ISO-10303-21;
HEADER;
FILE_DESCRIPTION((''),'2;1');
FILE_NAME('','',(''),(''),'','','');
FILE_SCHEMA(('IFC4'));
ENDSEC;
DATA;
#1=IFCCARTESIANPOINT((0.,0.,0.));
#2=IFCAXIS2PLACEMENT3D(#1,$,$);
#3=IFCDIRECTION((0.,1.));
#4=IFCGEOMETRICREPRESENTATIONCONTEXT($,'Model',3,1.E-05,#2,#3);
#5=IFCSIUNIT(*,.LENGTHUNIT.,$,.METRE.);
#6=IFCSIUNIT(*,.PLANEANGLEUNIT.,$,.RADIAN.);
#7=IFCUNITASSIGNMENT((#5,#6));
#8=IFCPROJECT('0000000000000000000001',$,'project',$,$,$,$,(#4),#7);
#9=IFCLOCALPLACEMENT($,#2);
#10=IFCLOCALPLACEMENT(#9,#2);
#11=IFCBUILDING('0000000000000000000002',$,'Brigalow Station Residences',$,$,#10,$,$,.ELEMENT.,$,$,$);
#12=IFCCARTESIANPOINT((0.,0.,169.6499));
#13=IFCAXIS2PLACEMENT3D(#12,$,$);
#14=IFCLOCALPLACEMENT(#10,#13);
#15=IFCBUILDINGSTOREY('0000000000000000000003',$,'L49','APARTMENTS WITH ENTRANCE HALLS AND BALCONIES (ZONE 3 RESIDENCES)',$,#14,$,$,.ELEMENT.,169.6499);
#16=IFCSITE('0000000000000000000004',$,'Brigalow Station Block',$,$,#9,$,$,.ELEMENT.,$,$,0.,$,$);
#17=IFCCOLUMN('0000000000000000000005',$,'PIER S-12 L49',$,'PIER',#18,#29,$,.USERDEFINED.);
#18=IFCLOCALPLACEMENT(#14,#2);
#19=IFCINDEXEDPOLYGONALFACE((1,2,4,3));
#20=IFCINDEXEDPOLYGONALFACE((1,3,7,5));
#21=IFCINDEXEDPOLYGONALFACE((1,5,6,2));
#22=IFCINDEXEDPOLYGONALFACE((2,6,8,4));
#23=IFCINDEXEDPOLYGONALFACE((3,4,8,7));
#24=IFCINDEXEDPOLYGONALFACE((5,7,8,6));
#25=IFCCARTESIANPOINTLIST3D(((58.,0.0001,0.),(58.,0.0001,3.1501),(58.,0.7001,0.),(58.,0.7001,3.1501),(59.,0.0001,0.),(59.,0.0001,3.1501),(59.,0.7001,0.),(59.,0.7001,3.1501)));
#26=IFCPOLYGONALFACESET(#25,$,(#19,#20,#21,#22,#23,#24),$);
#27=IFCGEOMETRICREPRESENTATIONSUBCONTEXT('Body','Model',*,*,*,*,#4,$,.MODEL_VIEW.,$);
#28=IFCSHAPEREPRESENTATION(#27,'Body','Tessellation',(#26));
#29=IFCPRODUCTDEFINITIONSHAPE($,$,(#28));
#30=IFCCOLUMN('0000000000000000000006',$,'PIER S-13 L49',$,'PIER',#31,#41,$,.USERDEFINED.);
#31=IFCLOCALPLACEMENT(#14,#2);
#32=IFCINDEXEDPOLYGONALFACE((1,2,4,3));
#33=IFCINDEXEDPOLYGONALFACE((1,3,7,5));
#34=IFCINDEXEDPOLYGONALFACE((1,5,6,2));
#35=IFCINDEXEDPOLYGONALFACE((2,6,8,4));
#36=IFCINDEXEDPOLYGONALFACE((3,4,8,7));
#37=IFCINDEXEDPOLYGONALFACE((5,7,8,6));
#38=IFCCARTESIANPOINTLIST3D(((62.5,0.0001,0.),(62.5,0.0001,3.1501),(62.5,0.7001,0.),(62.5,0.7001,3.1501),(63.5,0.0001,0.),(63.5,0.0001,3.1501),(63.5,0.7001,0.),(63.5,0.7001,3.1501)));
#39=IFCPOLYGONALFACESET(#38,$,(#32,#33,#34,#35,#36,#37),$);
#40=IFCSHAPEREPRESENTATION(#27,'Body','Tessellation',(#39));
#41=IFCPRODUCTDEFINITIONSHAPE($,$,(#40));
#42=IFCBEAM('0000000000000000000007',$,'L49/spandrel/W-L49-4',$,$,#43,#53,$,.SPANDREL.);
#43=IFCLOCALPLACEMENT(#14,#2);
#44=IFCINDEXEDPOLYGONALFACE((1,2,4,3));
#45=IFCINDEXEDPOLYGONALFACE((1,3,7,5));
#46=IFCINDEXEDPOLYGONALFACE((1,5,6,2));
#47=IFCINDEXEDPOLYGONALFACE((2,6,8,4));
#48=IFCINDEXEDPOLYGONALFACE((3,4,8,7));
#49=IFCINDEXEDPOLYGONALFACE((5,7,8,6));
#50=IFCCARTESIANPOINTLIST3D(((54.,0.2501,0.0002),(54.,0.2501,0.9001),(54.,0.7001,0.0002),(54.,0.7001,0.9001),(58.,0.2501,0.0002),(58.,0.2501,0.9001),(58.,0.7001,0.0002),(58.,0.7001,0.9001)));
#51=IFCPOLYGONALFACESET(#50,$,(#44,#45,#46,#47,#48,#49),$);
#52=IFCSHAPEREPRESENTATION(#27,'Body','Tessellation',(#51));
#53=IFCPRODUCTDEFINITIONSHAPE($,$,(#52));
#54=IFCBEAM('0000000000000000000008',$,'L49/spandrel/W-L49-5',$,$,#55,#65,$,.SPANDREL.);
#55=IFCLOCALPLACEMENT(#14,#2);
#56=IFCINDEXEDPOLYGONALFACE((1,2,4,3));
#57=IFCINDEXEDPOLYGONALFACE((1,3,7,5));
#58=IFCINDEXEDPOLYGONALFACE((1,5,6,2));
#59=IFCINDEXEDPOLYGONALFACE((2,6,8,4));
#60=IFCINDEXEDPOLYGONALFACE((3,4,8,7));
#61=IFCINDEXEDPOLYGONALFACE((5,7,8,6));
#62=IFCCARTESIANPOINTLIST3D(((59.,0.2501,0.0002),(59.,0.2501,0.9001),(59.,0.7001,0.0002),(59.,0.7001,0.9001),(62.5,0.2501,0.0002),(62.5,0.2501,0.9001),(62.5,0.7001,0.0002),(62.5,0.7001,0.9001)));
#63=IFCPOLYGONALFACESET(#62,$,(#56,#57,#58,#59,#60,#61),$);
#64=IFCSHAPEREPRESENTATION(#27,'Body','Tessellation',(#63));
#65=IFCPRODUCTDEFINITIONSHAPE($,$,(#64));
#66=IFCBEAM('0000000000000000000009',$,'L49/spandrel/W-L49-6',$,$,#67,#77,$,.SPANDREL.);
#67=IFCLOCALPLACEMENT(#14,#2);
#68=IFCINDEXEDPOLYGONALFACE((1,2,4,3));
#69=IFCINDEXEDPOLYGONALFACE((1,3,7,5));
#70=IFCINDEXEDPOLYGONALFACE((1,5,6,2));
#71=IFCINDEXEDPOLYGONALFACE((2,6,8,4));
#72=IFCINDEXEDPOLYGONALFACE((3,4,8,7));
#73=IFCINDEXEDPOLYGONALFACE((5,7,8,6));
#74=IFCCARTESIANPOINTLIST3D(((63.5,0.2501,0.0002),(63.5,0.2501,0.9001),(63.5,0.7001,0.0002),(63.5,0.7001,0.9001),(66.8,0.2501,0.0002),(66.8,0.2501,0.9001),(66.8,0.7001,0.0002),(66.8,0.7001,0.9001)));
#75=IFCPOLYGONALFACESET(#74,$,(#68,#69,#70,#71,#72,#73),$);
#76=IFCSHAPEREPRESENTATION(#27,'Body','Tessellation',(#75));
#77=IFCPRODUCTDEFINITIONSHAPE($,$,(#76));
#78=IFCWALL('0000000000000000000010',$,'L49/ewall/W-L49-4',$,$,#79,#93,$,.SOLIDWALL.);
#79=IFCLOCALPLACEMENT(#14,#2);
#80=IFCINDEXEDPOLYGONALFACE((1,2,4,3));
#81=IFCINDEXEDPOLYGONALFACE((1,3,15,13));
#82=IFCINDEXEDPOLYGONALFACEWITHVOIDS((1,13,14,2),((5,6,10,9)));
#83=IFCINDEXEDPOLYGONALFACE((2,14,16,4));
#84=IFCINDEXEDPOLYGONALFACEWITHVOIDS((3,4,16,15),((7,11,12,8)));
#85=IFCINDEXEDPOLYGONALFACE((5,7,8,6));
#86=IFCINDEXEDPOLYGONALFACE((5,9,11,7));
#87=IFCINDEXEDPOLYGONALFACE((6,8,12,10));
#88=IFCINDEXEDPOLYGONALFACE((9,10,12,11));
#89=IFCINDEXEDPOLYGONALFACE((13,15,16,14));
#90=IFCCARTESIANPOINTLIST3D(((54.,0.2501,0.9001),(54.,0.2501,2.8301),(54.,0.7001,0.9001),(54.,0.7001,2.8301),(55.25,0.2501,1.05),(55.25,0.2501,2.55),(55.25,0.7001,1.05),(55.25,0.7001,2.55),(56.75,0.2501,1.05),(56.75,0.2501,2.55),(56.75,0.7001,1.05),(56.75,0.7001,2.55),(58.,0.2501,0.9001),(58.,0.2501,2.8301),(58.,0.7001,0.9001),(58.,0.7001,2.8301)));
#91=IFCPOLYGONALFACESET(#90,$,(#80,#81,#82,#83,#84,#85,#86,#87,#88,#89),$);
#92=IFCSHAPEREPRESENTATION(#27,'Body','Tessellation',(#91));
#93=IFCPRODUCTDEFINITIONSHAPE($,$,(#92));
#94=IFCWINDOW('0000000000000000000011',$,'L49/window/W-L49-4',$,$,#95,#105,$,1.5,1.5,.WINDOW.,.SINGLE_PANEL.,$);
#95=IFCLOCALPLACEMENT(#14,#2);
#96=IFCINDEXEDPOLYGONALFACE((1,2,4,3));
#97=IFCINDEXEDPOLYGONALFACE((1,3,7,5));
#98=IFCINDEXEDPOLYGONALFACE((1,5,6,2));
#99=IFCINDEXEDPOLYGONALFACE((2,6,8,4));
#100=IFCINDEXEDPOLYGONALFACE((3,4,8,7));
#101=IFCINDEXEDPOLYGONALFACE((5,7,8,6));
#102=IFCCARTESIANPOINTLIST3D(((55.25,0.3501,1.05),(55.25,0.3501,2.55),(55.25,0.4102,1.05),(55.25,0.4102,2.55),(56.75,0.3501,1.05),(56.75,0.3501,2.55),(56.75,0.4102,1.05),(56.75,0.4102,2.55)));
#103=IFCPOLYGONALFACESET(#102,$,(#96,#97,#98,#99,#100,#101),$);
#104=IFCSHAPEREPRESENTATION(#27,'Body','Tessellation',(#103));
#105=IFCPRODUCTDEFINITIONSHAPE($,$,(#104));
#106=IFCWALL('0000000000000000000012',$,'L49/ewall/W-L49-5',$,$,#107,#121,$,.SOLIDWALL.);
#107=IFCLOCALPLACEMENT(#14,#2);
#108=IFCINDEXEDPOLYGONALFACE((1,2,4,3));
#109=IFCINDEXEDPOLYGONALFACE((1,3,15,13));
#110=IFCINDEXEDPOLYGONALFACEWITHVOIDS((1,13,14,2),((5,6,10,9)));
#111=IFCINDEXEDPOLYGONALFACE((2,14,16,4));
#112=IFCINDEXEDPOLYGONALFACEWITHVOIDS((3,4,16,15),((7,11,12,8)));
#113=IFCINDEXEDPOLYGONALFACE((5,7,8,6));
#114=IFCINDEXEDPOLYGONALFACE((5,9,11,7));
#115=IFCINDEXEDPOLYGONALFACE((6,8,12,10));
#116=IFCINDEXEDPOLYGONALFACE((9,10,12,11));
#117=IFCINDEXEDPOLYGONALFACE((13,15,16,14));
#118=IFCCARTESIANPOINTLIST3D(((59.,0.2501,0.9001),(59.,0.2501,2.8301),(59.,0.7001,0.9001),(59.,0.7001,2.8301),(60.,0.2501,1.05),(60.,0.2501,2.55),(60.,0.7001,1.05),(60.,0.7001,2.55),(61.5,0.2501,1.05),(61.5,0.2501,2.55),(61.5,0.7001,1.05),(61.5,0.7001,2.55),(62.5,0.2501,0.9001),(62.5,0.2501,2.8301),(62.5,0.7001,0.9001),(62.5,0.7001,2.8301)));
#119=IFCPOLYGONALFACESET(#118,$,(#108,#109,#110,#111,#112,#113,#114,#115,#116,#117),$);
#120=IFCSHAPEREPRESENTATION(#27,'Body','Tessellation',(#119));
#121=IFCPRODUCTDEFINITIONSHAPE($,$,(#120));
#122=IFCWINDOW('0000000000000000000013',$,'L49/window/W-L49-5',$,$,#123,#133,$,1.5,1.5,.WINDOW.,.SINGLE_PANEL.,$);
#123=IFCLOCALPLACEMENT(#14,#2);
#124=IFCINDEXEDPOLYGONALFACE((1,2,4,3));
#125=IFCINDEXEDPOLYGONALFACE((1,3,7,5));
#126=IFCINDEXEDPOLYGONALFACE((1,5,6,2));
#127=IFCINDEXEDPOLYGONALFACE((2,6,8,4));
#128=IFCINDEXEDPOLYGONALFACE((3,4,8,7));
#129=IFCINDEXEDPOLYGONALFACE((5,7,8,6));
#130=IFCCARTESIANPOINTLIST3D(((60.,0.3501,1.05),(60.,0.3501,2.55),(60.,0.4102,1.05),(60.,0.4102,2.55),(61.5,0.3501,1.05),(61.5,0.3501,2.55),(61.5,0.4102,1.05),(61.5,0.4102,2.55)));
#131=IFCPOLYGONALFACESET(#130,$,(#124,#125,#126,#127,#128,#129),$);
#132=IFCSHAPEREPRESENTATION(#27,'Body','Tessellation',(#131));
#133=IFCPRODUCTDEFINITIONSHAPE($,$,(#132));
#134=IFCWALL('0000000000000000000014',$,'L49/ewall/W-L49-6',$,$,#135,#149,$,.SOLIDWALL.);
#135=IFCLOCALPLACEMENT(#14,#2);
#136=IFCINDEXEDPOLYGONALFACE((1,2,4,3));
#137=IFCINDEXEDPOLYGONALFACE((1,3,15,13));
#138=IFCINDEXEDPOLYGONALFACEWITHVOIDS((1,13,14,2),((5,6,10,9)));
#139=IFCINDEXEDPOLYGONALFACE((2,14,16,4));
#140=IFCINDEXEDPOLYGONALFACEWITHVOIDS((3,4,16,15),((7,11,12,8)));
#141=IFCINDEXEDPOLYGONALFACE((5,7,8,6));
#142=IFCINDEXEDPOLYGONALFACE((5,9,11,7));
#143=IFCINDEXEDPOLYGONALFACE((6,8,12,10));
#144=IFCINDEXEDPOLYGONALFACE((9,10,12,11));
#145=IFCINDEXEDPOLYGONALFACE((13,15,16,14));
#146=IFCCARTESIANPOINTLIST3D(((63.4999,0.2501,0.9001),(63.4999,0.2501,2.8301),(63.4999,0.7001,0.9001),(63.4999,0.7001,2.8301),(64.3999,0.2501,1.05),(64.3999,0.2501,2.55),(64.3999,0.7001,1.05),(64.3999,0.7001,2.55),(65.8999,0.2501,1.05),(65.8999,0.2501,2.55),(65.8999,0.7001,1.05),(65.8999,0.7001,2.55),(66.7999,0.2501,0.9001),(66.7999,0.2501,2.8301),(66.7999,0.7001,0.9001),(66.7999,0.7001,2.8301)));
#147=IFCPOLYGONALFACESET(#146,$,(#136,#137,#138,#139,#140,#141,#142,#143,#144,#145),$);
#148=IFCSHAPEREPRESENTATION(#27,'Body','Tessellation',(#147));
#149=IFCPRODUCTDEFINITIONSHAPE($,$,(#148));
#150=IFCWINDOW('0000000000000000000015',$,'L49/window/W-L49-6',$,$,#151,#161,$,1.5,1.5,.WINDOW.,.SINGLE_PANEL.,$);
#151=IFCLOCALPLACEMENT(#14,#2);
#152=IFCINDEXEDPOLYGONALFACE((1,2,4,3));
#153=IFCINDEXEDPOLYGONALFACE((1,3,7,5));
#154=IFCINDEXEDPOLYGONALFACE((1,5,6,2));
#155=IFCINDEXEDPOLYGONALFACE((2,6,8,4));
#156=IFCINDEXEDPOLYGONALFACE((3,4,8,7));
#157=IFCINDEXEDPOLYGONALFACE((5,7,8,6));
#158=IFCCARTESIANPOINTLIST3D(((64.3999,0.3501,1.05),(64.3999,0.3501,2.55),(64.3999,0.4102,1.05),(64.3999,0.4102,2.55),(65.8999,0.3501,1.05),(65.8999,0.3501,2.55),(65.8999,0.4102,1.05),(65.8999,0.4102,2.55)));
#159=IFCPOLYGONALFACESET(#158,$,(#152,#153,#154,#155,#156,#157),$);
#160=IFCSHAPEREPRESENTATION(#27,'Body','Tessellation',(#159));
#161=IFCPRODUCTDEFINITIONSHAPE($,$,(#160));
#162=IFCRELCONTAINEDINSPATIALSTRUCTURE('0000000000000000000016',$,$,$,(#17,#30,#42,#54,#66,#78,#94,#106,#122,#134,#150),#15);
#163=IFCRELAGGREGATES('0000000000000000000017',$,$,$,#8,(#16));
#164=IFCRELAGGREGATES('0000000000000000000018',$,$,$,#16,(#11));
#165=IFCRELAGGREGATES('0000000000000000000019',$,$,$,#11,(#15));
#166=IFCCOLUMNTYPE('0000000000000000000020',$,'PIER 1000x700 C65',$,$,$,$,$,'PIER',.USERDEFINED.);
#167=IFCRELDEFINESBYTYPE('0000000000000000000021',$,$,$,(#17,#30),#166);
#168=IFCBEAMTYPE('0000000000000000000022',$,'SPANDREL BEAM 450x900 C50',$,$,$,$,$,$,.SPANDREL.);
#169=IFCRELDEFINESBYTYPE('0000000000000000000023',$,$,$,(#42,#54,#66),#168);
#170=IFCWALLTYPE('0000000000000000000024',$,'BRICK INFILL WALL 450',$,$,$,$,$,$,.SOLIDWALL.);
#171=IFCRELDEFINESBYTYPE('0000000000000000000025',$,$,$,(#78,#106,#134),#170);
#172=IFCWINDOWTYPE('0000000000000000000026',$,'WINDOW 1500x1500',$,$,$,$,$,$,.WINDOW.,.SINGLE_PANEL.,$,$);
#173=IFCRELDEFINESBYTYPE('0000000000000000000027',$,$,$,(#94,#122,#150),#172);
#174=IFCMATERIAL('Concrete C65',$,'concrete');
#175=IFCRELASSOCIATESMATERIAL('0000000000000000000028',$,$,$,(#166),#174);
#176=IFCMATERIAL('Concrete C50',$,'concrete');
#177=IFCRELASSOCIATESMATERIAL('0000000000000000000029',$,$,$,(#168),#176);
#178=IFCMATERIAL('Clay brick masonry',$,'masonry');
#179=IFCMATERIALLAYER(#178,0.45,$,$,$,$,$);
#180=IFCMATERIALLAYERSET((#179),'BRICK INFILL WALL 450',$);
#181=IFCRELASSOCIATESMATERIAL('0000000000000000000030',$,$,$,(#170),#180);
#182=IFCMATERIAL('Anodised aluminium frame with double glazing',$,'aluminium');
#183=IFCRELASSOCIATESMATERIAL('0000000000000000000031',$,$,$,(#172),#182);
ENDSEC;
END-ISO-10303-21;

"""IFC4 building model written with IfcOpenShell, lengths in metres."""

from ifc_helpers import new_model, si_unit, direction, frame, frame_2d, origin, origin_2d, place, context, subcontext, project, spatial, rectangle, extrude, material, layer, layer_set, material_profile, profile_set, type_object, element, fill, save


model = new_model("IFC4")

# Units and contexts
model_context = context("Model", 3, precision=1e-05, world=origin(), true_north=direction((0.0, 1.0)))
body_context = subcontext(model_context, "Body", "Model", "MODEL_VIEW")
ifc_project = project(units=[si_unit("LENGTHUNIT", "METRE"), si_unit("PLANEANGLEUNIT", "RADIAN")], contexts=[model_context])

# Site, building, storey
site_placement = place(None, origin())
site = spatial("IfcSite", under=ifc_project, at=site_placement, Name="Brigalow Station Block", CompositionType="ELEMENT", RefElevation=0.0)
building_placement = place(site_placement, origin())
building = spatial("IfcBuilding", under=site, at=building_placement, Name="Brigalow Station Residences", CompositionType="ELEMENT")
storey_placement = place(building_placement, frame((0.0, 0.0, 169.6499)))
storey = spatial("IfcBuildingStorey", under=building, at=storey_placement, Name="L49", Description="APARTMENTS WITH ENTRANCE HALLS AND BALCONIES (ZONE 3 RESIDENCES)", CompositionType="ELEMENT", Elevation=169.6499)

# Columns
ifc_material_1 = material(Name="Concrete C65", Category="concrete")
ifc_material_profile_1 = material_profile(ifc_material_1, rectangle(XDim=1.0, YDim=0.7, at=origin_2d()), Name="RC1000x700")
ifc_profile_set_1 = profile_set([ifc_material_profile_1], Name="Concrete C65")
column_type = type_object("IfcColumnType", Name="PIER 1000x700 C65", ElementType="PIER", PredefinedType="USERDEFINED", material=ifc_profile_set_1)
for number, where, z_axis, x_axis, name in (
    (1, (58.5, 0.3501, 0.0), (0.0, 0.0, 1.0), (1.0, 0.0, 0.0), "PIER S-12 L49"),
    (2, (63.0, 0.3501, 0.0), (0.0, 0.0, 1.0), (1.0, 0.0, 0.0), "PIER S-13 L49"),
):
    element("IfcColumn", number, at=place(storey_placement, frame(where, z_axis=z_axis, x_axis=x_axis)), inside=storey, type_object=column_type, Name=name, ObjectType="PIER", PredefinedType="USERDEFINED", context=body_context, shape_type="SweptSolid", body=[
        extrude(rectangle(XDim=1.0, YDim=0.7, at=origin_2d()), origin(), (0.0, 0.0, 1.0), 3.1501),
    ])

# Beams
ifc_material_2 = material(Name="Concrete C50", Category="concrete")
ifc_material_profile_2 = material_profile(ifc_material_2, rectangle(XDim=0.45, YDim=0.8999, at=origin_2d()), Name="RC450x900")
ifc_profile_set_2 = profile_set([ifc_material_profile_2], Name="Concrete C50")
beam_type = type_object("IfcBeamType", Name="SPANDREL BEAM 450x900 C50", PredefinedType="SPANDREL", material=ifc_profile_set_2)
beam_1_placement = place(storey_placement, frame((54.0, 0.4751, 0.4502), z_axis=(1.0, 0.0, 0.0), x_axis=(0.0, 1.0, 0.0)))
element("IfcBeam", 3, at=beam_1_placement, inside=storey, type_object=beam_type, Name="L49/spandrel/W-L49-4", PredefinedType="SPANDREL", context=body_context, shape_type="SweptSolid", body=[
    extrude(rectangle(XDim=0.45, YDim=0.8999, at=origin_2d()), origin(), (0.0, 0.0, 1.0), 4.0),
])
beam_2_placement = place(storey_placement, frame((59.0, 0.4751, 0.4502), z_axis=(1.0, 0.0, 0.0), x_axis=(0.0, 1.0, 0.0)))
element("IfcBeam", 4, at=beam_2_placement, inside=storey, type_object=beam_type, Name="L49/spandrel/W-L49-5", PredefinedType="SPANDREL", context=body_context, shape_type="SweptSolid", body=[
    extrude(rectangle(XDim=0.45, YDim=0.8999, at=origin_2d()), origin(), (0.0, 0.0, 1.0), 3.5),
])
beam_3_placement = place(storey_placement, frame((63.5, 0.4751, 0.4502), z_axis=(1.0, 0.0, 0.0), x_axis=(0.0, 1.0, 0.0)))
element("IfcBeam", 5, at=beam_3_placement, inside=storey, type_object=beam_type, Name="L49/spandrel/W-L49-6", PredefinedType="SPANDREL", context=body_context, shape_type="SweptSolid", body=[
    extrude(rectangle(XDim=0.45, YDim=0.8999, at=origin_2d()), origin(), (0.0, 0.0, 1.0), 3.3),
])

# Walls, openings, windows
ifc_material_3 = material(Name="Clay brick masonry", Category="masonry")
ifc_layer_1 = layer(ifc_material_3, 0.45)
ifc_layer_set_1 = layer_set([ifc_layer_1], Name="BRICK INFILL WALL 450")
wall_type_1 = type_object("IfcWallType", Name="BRICK INFILL WALL 450", PredefinedType="SOLIDWALL", material=ifc_layer_set_1)
wall_1_placement = place(storey_placement, frame((54.0, 0.4751, 0.9001), z_axis=(0.0, 0.0, 1.0), x_axis=(1.0, 0.0, 0.0)))
wall_1 = element("IfcWall", 6, at=wall_1_placement, inside=storey, type_object=wall_type_1, Name="L49/ewall/W-L49-4", PredefinedType="SOLIDWALL", context=body_context, shape_type="SweptSolid", body=[
    extrude(rectangle(XDim=4.0, YDim=0.45, at=frame_2d((2.0, 0.0))), origin(), (0.0, 0.0, 1.0), 1.9299),
])
opening_1_placement = place(wall_1_placement, frame((1.25, 0.0, 0.1499)))
opening_1 = element("IfcOpeningElement", 7, at=opening_1_placement, cuts=wall_1, PredefinedType="OPENING", context=body_context, shape_type="SweptSolid", body=[
    extrude(rectangle(XDim=1.5, YDim=1.5, at=frame_2d((0.75, 0.75))), frame((0.0, 0.2349, 0.0), z_axis=(0.0, -1.0, 0.0), x_axis=(1.0, 0.0, 0.0)), (0.0, 0.0, 1.0), 0.47),
])
ifc_material_4 = material(Name="Anodised aluminium frame with double glazing", Category="aluminium")
window_type = type_object("IfcWindowType", Name="WINDOW 1500x1500", PartitioningType="SINGLE_PANEL", PredefinedType="WINDOW", material=ifc_material_4)
window_1_placement = place(opening_1_placement, origin())
window_1 = element("IfcWindow", 8, at=window_1_placement, inside=storey, type_object=window_type, Name="L49/window/W-L49-4", OverallHeight=1.5, OverallWidth=1.5, PartitioningType="SINGLE_PANEL", PredefinedType="WINDOW", context=body_context, shape_type="SweptSolid", body=[
    extrude(rectangle(XDim=1.5, YDim=1.5, at=frame_2d((0.75, 0.75))), frame((0.0, -0.0649, 0.0), z_axis=(0.0, -1.0, 0.0), x_axis=(1.0, 0.0, 0.0)), (0.0, 0.0, 1.0), 0.0601),
])
fill(opening_1, window_1)
wall_2_placement = place(storey_placement, frame((59.0, 0.4751, 0.9001), z_axis=(0.0, 0.0, 1.0), x_axis=(1.0, 0.0, 0.0)))
wall_2 = element("IfcWall", 9, at=wall_2_placement, inside=storey, type_object=wall_type_1, Name="L49/ewall/W-L49-5", PredefinedType="SOLIDWALL", context=body_context, shape_type="SweptSolid", body=[
    extrude(rectangle(XDim=3.5, YDim=0.45, at=frame_2d((1.75, 0.0))), origin(), (0.0, 0.0, 1.0), 1.9299),
])
opening_2_placement = place(wall_2_placement, frame((1.0, 0.0, 0.1499)))
opening_2 = element("IfcOpeningElement", 10, at=opening_2_placement, cuts=wall_2, PredefinedType="OPENING", context=body_context, shape_type="SweptSolid", body=[
    extrude(rectangle(XDim=1.5, YDim=1.5, at=frame_2d((0.75, 0.75))), frame((0.0, 0.2349, 0.0), z_axis=(0.0, -1.0, 0.0), x_axis=(1.0, 0.0, 0.0)), (0.0, 0.0, 1.0), 0.47),
])
window_2_placement = place(opening_2_placement, origin())
window_2 = element("IfcWindow", 11, at=window_2_placement, inside=storey, type_object=window_type, Name="L49/window/W-L49-5", OverallHeight=1.5, OverallWidth=1.5, PartitioningType="SINGLE_PANEL", PredefinedType="WINDOW", context=body_context, shape_type="SweptSolid", body=[
    extrude(rectangle(XDim=1.5, YDim=1.5, at=frame_2d((0.75, 0.75))), frame((0.0, -0.0649, 0.0), z_axis=(0.0, -1.0, 0.0), x_axis=(1.0, 0.0, 0.0)), (0.0, 0.0, 1.0), 0.0601),
])
fill(opening_2, window_2)
wall_3_placement = place(storey_placement, frame((63.5, 0.4751, 0.9001), z_axis=(0.0, 0.0, 1.0), x_axis=(1.0, 0.0, 0.0)))
wall_3 = element("IfcWall", 12, at=wall_3_placement, inside=storey, type_object=wall_type_1, Name="L49/ewall/W-L49-6", PredefinedType="SOLIDWALL", context=body_context, shape_type="SweptSolid", body=[
    extrude(rectangle(XDim=3.3, YDim=0.45, at=frame_2d((1.6499, 0.0))), origin(), (0.0, 0.0, 1.0), 1.9299),
])
opening_3_placement = place(wall_3_placement, frame((0.8999, 0.0, 0.1499)))
opening_3 = element("IfcOpeningElement", 13, at=opening_3_placement, cuts=wall_3, PredefinedType="OPENING", context=body_context, shape_type="SweptSolid", body=[
    extrude(rectangle(XDim=1.5, YDim=1.5, at=frame_2d((0.75, 0.75))), frame((0.0, 0.2349, 0.0), z_axis=(0.0, -1.0, 0.0), x_axis=(1.0, 0.0, 0.0)), (0.0, 0.0, 1.0), 0.47),
])
window_3_placement = place(opening_3_placement, origin())
window_3 = element("IfcWindow", 14, at=window_3_placement, inside=storey, type_object=window_type, Name="L49/window/W-L49-6", OverallHeight=1.5, OverallWidth=1.5, PartitioningType="SINGLE_PANEL", PredefinedType="WINDOW", context=body_context, shape_type="SweptSolid", body=[
    extrude(rectangle(XDim=1.5, YDim=1.5, at=frame_2d((0.75, 0.75))), frame((0.0, -0.0649, 0.0), z_axis=(0.0, -1.0, 0.0), x_axis=(1.0, 0.0, 0.0)), (0.0, 0.0, 1.0), 0.0601),
])
fill(opening_3, window_3)

save(model, "model.ifc")
